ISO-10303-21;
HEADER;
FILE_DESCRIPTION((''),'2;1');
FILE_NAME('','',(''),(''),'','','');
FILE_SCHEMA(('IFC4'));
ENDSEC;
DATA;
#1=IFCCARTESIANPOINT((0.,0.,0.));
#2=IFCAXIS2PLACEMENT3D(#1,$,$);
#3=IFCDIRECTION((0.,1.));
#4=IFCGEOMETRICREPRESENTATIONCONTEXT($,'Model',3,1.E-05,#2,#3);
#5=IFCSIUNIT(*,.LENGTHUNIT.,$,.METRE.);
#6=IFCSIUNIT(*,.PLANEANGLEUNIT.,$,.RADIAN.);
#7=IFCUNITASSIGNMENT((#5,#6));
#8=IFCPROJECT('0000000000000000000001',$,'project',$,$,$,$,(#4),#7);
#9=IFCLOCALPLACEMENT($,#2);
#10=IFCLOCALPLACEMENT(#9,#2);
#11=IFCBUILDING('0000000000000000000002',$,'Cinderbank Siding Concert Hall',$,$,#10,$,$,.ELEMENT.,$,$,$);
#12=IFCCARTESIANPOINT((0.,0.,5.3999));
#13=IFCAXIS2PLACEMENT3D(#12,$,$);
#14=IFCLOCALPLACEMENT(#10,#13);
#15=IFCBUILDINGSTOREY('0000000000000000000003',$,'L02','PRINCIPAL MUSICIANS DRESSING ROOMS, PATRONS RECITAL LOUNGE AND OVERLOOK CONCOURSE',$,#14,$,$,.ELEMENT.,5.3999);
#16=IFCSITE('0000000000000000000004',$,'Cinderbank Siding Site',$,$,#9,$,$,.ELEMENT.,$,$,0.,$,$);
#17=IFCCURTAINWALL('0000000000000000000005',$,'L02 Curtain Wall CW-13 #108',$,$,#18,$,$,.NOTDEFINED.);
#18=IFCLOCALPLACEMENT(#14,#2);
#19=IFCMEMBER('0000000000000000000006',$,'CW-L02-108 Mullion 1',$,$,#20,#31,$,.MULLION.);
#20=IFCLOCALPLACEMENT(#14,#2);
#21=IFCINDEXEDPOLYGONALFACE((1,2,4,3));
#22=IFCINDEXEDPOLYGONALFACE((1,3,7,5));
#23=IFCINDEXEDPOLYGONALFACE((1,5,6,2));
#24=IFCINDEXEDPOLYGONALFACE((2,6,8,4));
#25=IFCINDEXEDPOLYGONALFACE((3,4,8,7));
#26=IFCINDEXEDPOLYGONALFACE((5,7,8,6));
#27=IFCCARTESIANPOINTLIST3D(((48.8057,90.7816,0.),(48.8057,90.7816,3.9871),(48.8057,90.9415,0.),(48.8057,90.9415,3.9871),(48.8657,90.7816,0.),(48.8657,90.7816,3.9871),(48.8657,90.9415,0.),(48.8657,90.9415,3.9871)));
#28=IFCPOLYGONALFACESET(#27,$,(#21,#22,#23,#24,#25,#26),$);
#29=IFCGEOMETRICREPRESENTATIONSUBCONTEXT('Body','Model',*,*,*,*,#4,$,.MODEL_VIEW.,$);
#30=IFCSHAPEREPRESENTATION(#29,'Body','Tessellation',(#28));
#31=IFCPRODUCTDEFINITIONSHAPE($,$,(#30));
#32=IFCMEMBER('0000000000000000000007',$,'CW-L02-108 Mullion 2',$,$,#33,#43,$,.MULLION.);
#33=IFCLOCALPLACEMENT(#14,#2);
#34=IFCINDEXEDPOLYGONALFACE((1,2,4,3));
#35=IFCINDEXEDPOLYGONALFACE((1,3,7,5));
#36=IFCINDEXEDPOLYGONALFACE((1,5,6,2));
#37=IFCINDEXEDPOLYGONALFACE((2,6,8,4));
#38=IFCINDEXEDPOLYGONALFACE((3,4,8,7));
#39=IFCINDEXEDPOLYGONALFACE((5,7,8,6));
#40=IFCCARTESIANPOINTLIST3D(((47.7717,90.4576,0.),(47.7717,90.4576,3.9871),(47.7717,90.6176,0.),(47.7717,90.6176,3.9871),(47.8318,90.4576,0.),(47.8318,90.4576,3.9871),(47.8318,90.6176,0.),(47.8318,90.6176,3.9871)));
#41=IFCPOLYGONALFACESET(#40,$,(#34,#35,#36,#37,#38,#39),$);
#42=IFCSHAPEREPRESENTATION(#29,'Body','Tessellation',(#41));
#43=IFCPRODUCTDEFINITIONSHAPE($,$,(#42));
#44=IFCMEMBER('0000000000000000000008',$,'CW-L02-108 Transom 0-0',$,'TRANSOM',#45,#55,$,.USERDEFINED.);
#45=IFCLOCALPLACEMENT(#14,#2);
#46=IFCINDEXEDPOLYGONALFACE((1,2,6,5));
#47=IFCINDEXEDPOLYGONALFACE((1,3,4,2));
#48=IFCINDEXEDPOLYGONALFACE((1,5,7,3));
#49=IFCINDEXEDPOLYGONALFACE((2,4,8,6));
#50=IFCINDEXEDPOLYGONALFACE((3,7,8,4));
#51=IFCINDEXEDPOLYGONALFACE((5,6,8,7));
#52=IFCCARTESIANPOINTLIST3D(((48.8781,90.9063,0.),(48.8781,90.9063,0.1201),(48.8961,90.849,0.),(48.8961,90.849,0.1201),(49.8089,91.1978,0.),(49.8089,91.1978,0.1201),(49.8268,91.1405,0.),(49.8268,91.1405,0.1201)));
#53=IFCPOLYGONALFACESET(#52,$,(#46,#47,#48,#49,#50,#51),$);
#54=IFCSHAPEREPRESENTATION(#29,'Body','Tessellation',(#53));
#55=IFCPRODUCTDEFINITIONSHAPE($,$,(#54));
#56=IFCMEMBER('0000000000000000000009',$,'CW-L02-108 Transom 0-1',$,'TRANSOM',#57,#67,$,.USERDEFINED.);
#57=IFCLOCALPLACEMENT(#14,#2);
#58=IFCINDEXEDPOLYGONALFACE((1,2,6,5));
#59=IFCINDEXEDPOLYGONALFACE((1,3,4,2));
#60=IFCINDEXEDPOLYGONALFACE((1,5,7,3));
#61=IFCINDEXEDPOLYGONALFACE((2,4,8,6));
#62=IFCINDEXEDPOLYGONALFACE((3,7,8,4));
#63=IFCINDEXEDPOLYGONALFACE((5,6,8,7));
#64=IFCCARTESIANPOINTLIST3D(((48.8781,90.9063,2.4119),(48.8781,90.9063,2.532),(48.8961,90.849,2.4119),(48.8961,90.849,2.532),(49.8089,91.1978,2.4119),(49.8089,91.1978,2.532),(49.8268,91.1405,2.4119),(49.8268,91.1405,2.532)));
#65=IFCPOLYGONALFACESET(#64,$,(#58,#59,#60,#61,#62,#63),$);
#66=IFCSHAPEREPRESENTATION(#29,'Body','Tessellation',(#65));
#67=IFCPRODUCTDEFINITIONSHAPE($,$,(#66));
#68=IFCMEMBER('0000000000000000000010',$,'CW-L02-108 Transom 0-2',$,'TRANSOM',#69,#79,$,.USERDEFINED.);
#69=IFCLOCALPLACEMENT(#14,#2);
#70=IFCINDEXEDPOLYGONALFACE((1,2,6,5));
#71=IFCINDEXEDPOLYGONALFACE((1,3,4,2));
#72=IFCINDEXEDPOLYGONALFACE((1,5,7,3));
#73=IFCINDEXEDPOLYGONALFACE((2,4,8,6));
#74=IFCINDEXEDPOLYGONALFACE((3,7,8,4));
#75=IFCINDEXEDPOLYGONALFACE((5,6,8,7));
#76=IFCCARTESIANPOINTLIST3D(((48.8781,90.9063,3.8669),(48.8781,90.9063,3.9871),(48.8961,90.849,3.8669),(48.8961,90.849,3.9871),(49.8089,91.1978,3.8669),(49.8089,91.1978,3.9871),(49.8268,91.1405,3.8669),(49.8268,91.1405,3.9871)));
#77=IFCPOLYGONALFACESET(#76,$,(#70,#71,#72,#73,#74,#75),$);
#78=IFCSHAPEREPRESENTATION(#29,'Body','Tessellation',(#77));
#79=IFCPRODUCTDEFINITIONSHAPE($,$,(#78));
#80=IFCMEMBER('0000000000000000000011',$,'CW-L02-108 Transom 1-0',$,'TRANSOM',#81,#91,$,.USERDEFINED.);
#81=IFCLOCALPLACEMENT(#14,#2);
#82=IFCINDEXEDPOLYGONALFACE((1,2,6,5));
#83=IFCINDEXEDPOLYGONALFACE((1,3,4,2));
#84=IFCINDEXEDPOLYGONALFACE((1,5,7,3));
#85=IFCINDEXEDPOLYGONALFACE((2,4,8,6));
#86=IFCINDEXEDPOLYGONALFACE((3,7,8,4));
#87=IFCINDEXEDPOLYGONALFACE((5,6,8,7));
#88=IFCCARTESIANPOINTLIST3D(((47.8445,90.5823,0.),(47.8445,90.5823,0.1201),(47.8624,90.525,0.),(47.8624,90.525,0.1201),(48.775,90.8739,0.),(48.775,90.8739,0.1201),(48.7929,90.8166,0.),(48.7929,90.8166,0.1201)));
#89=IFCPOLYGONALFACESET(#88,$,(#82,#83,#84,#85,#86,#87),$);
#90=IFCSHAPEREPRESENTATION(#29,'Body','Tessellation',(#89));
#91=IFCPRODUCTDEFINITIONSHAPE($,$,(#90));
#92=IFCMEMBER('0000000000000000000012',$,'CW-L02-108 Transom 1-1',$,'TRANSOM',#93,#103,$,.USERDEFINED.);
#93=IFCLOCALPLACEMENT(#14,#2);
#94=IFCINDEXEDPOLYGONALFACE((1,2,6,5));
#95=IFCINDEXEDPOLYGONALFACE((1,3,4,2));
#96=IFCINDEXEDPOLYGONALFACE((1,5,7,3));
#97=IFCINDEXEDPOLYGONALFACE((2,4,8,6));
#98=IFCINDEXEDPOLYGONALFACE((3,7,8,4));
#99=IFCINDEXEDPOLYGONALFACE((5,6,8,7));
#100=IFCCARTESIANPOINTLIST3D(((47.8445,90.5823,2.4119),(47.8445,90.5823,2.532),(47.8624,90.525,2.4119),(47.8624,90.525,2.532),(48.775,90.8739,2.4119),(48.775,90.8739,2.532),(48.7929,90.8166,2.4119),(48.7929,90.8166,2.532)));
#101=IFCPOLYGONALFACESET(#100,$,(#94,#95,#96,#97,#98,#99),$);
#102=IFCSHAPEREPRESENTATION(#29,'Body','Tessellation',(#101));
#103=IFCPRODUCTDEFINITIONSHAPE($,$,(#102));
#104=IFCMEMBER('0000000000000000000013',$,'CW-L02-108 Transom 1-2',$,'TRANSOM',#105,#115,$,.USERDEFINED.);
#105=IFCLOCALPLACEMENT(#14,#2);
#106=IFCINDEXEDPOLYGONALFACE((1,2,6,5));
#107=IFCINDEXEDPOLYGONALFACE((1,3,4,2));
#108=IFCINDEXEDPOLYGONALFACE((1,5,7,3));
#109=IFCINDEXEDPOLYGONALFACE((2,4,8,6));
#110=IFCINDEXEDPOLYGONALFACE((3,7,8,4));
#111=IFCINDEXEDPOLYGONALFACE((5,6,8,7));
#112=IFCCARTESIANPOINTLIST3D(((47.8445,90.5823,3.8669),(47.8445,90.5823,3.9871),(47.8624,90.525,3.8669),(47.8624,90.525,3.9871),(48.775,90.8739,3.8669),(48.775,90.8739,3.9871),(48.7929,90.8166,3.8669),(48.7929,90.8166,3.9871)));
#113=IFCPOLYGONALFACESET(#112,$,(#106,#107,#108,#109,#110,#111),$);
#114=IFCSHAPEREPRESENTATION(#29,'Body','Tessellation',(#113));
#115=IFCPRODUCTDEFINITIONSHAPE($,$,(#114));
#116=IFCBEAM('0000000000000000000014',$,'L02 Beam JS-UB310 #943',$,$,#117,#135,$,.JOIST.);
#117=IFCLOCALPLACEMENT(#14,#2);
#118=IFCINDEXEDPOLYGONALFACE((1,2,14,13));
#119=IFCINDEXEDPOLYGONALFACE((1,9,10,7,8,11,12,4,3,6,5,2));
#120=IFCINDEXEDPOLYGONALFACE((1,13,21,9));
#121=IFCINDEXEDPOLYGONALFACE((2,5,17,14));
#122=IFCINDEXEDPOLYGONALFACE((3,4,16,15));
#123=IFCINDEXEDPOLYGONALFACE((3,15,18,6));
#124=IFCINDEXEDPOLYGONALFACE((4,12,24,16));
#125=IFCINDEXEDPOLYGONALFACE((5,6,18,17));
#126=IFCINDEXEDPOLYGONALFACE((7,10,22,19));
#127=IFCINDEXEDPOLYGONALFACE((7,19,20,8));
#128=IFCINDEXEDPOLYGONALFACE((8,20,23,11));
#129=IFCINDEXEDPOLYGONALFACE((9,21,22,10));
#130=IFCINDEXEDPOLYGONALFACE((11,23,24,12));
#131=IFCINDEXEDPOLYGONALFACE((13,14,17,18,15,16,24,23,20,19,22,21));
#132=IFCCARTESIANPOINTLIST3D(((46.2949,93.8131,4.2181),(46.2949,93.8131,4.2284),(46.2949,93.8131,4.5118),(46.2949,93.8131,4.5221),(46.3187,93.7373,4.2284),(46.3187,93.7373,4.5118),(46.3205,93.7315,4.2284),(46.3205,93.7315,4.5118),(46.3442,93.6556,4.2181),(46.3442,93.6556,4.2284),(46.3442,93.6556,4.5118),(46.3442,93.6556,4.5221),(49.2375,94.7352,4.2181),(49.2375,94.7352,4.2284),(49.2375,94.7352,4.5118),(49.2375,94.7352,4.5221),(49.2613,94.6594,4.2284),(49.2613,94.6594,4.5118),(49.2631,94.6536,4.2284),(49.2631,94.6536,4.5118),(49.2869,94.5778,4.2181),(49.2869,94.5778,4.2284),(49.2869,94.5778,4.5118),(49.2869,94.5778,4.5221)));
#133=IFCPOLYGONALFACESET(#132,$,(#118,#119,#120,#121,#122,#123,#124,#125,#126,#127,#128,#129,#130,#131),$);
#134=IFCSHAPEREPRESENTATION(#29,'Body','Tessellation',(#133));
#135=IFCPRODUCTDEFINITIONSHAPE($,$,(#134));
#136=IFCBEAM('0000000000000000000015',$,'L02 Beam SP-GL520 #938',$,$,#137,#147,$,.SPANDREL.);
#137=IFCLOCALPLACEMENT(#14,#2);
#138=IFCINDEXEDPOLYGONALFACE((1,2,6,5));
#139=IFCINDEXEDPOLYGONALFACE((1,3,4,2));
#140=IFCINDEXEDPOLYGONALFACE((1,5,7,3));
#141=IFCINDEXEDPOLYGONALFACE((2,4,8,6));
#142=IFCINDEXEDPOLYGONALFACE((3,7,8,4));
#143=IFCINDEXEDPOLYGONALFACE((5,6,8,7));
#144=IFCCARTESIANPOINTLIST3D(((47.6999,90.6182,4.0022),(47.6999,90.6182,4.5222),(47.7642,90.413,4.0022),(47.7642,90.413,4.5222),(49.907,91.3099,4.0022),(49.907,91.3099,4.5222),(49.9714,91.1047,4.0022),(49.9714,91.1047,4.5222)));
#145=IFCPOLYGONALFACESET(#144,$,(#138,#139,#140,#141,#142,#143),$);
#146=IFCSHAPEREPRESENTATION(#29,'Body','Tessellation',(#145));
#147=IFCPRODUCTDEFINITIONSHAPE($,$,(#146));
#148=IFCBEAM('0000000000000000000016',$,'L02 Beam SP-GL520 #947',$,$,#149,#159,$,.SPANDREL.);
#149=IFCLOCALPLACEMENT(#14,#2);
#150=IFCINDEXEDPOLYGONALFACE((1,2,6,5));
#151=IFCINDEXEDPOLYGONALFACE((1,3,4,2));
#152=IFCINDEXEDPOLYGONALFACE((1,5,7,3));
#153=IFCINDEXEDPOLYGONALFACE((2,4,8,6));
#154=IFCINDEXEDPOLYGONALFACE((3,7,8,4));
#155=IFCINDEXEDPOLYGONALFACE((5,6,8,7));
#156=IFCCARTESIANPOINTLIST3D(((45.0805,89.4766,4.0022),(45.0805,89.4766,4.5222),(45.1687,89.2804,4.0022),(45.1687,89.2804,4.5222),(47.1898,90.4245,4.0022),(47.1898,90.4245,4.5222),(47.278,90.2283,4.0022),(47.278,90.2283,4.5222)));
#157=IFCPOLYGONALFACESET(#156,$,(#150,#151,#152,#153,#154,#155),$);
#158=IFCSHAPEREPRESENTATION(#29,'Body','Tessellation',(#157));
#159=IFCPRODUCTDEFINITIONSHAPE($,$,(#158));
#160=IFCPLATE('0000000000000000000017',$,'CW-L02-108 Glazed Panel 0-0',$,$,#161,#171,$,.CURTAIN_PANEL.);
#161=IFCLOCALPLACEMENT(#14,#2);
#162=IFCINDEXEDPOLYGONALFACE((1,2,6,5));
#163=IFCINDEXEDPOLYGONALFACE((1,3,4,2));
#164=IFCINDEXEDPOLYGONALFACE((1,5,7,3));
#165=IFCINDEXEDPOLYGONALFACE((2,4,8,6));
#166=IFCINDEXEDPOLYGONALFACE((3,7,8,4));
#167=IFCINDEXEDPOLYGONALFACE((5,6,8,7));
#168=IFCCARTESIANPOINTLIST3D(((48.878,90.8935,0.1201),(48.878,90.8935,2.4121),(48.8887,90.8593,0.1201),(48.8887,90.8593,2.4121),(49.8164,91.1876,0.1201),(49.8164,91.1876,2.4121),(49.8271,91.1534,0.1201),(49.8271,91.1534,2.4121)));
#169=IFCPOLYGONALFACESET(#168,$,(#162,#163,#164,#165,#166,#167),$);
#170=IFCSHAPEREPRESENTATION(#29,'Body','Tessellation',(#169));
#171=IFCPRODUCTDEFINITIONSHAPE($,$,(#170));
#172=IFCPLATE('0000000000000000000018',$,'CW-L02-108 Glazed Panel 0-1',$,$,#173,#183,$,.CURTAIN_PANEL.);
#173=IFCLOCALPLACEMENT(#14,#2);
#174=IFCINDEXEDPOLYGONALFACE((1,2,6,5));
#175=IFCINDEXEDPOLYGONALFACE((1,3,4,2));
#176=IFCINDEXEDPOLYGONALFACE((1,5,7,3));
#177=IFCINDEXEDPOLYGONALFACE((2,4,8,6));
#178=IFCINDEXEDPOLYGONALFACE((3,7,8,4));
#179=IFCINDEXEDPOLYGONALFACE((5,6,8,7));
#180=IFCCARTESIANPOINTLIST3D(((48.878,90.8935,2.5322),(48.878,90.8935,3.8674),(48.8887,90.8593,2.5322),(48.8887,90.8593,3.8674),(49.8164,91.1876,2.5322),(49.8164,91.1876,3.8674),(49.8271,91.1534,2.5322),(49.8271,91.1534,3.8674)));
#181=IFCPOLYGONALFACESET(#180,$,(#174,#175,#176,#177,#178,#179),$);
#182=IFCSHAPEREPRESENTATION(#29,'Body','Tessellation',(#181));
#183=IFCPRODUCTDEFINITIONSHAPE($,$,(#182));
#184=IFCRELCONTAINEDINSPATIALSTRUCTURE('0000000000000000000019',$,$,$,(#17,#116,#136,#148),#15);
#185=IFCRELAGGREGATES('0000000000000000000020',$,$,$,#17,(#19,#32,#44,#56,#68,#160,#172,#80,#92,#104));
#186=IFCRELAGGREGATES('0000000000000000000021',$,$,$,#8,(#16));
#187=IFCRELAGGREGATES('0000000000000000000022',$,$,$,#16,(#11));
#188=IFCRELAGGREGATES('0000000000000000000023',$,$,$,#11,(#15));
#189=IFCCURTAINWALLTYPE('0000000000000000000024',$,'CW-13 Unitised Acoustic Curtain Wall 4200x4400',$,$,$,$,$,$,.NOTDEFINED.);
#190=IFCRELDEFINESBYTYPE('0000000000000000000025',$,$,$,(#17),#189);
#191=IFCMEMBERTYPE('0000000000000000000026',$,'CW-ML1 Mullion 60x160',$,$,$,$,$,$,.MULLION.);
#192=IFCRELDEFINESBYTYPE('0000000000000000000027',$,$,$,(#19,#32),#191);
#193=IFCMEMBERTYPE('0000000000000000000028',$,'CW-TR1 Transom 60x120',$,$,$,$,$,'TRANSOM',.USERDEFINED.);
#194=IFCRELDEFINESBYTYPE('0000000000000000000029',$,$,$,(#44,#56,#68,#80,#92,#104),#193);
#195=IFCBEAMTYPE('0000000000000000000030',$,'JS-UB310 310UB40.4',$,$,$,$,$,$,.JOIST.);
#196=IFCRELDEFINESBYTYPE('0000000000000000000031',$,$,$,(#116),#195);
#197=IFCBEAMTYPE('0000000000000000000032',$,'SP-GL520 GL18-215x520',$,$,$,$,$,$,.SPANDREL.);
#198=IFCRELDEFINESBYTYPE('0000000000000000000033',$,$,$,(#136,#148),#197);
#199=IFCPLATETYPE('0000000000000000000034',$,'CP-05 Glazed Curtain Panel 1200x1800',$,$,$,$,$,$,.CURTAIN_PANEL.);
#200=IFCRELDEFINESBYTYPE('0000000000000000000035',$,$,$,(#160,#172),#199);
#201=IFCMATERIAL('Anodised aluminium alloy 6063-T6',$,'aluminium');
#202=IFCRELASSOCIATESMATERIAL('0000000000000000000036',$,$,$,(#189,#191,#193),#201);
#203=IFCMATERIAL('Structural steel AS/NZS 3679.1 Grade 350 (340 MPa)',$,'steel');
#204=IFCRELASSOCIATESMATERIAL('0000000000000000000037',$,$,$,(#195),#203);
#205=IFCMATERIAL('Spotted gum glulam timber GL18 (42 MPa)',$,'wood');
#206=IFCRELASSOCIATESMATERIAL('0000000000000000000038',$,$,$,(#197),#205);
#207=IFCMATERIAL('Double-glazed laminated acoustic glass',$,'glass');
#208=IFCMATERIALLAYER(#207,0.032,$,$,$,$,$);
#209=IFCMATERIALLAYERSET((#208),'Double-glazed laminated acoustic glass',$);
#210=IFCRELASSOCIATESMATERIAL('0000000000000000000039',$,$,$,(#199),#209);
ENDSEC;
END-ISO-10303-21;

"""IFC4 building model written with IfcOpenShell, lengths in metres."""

from ifc_helpers import new_model, si_unit, direction, frame, origin, origin_2d, place, context, subcontext, project, spatial, rectangle, i_section, extrude, material, layer, layer_set, material_profile, profile_set, type_object, element, aggregate, save


model = new_model("IFC4")

# Units and contexts
model_context = context("Model", 3, precision=1e-05, world=origin(), true_north=direction((0.0, 1.0)))
body_context = subcontext(model_context, "Body", "Model", "MODEL_VIEW")
ifc_project = project(units=[si_unit("LENGTHUNIT", "METRE"), si_unit("PLANEANGLEUNIT", "RADIAN")], contexts=[model_context])

# Site, building, storey
site_placement = place(None, origin())
site = spatial("IfcSite", under=ifc_project, at=site_placement, Name="Cinderbank Siding Site", CompositionType="ELEMENT", RefElevation=0.0)
building_placement = place(site_placement, origin())
building = spatial("IfcBuilding", under=site, at=building_placement, Name="Cinderbank Siding Concert Hall", CompositionType="ELEMENT")
storey_placement = place(building_placement, frame((0.0, 0.0, 5.3999)))
storey = spatial("IfcBuildingStorey", under=building, at=storey_placement, Name="L02", Description="PRINCIPAL MUSICIANS DRESSING ROOMS, PATRONS RECITAL LOUNGE AND OVERLOOK CONCOURSE", CompositionType="ELEMENT", Elevation=5.3999)

# Shared definitions
ifc_material_1 = material(Name="Structural steel AS/NZS 3679.1 Grade 350 (340 MPa)", Category="steel")

# Curtain wall, members
ifc_material_2 = material(Name="Anodised aluminium alloy 6063-T6", Category="aluminium")
curtain_wall_type = type_object("IfcCurtainWallType", Name="CW-13 Unitised Acoustic Curtain Wall 4200x4400", PredefinedType="NOTDEFINED", material=ifc_material_2)
curtain_wall_placement = place(storey_placement, origin())
curtain_wall = element("IfcCurtainWall", 1, at=curtain_wall_placement, inside=storey, type_object=curtain_wall_type, Name="L02 Curtain Wall CW-13 #108", PredefinedType="NOTDEFINED")
ifc_material_profile_1 = material_profile(ifc_material_2, rectangle(XDim=0.0601, YDim=0.1599, at=origin_2d()), Name="ALU-MULL-60x160", Category="LoadBearing")
ifc_profile_set_1 = profile_set([ifc_material_profile_1], Name="Anodised aluminium alloy 6063-T6")
member_type_1 = type_object("IfcMemberType", Name="CW-ML1 Mullion 60x160", PredefinedType="MULLION", material=ifc_profile_set_1)
member_1_placement = place(storey_placement, frame((48.8357, 90.8616, 0.0), z_axis=(0.0, 0.0, 1.0), x_axis=(1.0, 0.0, 0.0)))
member_1 = element("IfcMember", 2, at=member_1_placement, type_object=member_type_1, Name="CW-L02-108 Mullion 1", PredefinedType="MULLION", context=body_context, shape_type="SweptSolid", body=[
    extrude(rectangle(XDim=0.0601, YDim=0.1599, at=origin_2d()), origin(), (0.0, 0.0, 1.0), 3.9871),
])
member_2_placement = place(storey_placement, frame((47.8018, 90.5376, 0.0), z_axis=(0.0, 0.0, 1.0), x_axis=(1.0, 0.0, 0.0)))
member_2 = element("IfcMember", 3, at=member_2_placement, type_object=member_type_1, Name="CW-L02-108 Mullion 2", PredefinedType="MULLION", context=body_context, shape_type="SweptSolid", body=[
    extrude(rectangle(XDim=0.0601, YDim=0.1599, at=origin_2d()), origin(), (0.0, 0.0, 1.0), 3.9871),
])
ifc_material_profile_2 = material_profile(ifc_material_2, rectangle(XDim=0.0601, YDim=0.1201, at=origin_2d()), Name="ALU-TRAN-60x120", Category="LoadBearing")
ifc_profile_set_2 = profile_set([ifc_material_profile_2], Name="Anodised aluminium alloy 6063-T6")
member_type_2 = type_object("IfcMemberType", Name="CW-TR1 Transom 60x120", ElementType="TRANSOM", PredefinedType="USERDEFINED", material=ifc_profile_set_2)
member_3_placement = place(storey_placement, frame((49.8179, 91.1692, 0.0601), z_axis=(-0.954284, -0.298902, 0.0), x_axis=(0.298902, -0.954284, 0.0)))
member_3 = element("IfcMember", 4, at=member_3_placement, type_object=member_type_2, Name="CW-L02-108 Transom 0-0", ObjectType="TRANSOM", PredefinedType="USERDEFINED", context=body_context, shape_type="SweptSolid", body=[
    extrude(rectangle(XDim=0.0601, YDim=0.1201, at=origin_2d()), origin(), (0.0, 0.0, 1.0), 0.9753),
])
member_4_placement = place(storey_placement, frame((49.8179, 91.1692, 2.4719), z_axis=(-0.954284, -0.298902, 0.0), x_axis=(0.298902, -0.954284, 0.0)))
member_4 = element("IfcMember", 5, at=member_4_placement, type_object=member_type_2, Name="CW-L02-108 Transom 0-1", ObjectType="TRANSOM", PredefinedType="USERDEFINED", context=body_context, shape_type="SweptSolid", body=[
    extrude(rectangle(XDim=0.0601, YDim=0.1201, at=origin_2d()), origin(), (0.0, 0.0, 1.0), 0.9753),
])
member_5_placement = place(storey_placement, frame((49.8179, 91.1692, 3.927), z_axis=(-0.954284, -0.298902, 0.0), x_axis=(0.298902, -0.954284, 0.0)))
member_5 = element("IfcMember", 6, at=member_5_placement, type_object=member_type_2, Name="CW-L02-108 Transom 0-2", ObjectType="TRANSOM", PredefinedType="USERDEFINED", context=body_context, shape_type="SweptSolid", body=[
    extrude(rectangle(XDim=0.0601, YDim=0.1201, at=origin_2d()), origin(), (0.0, 0.0, 1.0), 0.9753),
])
member_6_placement = place(storey_placement, frame((48.7839, 90.8452, 0.0601), z_axis=(-0.954261, -0.298974, 0.0), x_axis=(0.298974, -0.954261, 0.0)))
member_6 = element("IfcMember", 7, at=member_6_placement, type_object=member_type_2, Name="CW-L02-108 Transom 1-0", ObjectType="TRANSOM", PredefinedType="USERDEFINED", context=body_context, shape_type="SweptSolid", body=[
    extrude(rectangle(XDim=0.0601, YDim=0.1201, at=origin_2d()), origin(), (0.0, 0.0, 1.0), 0.9751),
])
member_7_placement = place(storey_placement, frame((48.7839, 90.8452, 2.4719), z_axis=(-0.954261, -0.298974, 0.0), x_axis=(0.298974, -0.954261, 0.0)))
member_7 = element("IfcMember", 8, at=member_7_placement, type_object=member_type_2, Name="CW-L02-108 Transom 1-1", ObjectType="TRANSOM", PredefinedType="USERDEFINED", context=body_context, shape_type="SweptSolid", body=[
    extrude(rectangle(XDim=0.0601, YDim=0.1201, at=origin_2d()), origin(), (0.0, 0.0, 1.0), 0.9751),
])
member_8_placement = place(storey_placement, frame((48.7839, 90.8452, 3.927), z_axis=(-0.954261, -0.298974, 0.0), x_axis=(0.298974, -0.954261, 0.0)))
member_8 = element("IfcMember", 9, at=member_8_placement, type_object=member_type_2, Name="CW-L02-108 Transom 1-2", ObjectType="TRANSOM", PredefinedType="USERDEFINED", context=body_context, shape_type="SweptSolid", body=[
    extrude(rectangle(XDim=0.0601, YDim=0.1201, at=origin_2d()), origin(), (0.0, 0.0, 1.0), 0.9751),
])

# Beams
ifc_material_profile_3 = material_profile(ifc_material_1, i_section(OverallWidth=0.165, OverallDepth=0.304, WebThickness=0.0061, FlangeThickness=0.0103, at=origin_2d()), Name="310UB40.4", Category="LoadBearing")
ifc_profile_set_3 = profile_set([ifc_material_profile_3], Name="Structural steel AS/NZS 3679.1 Grade 350 (340 MPa)")
beam_type_1 = type_object("IfcBeamType", Name="JS-UB310 310UB40.4", PredefinedType="JOIST", material=ifc_profile_set_3)
beam_1_placement = place(storey_placement, frame((49.2622, 94.6565, 4.3701), z_axis=(-0.954244, -0.299028, 0.0), x_axis=(0.299028, -0.954244, 0.0)))
element("IfcBeam", 10, at=beam_1_placement, inside=storey, type_object=beam_type_1, Name="L02 Beam JS-UB310 #943", PredefinedType="JOIST", context=body_context, shape_type="SweptSolid", body=[
    extrude(i_section(OverallWidth=0.165, OverallDepth=0.304, WebThickness=0.0061, FlangeThickness=0.0103, at=origin_2d()), origin(), (0.0, 0.0, 1.0), 3.0837),
])
ifc_material_3 = material(Name="Spotted gum glulam timber GL18 (42 MPa)", Category="wood")
ifc_material_profile_4 = material_profile(ifc_material_3, rectangle(XDim=0.2151, YDim=0.52, at=origin_2d()), Name="GL18-215x520", Category="LoadBearing")
ifc_profile_set_4 = profile_set([ifc_material_profile_4], Name="Spotted gum glulam timber GL18 (42 MPa)")
beam_type_2 = type_object("IfcBeamType", Name="SP-GL520 GL18-215x520", PredefinedType="SPANDREL", material=ifc_profile_set_4)
beam_2_placement = place(storey_placement, frame((49.9392, 91.2073, 4.2622), z_axis=(-0.954239, -0.299044, 0.0), x_axis=(0.299044, -0.954239, 0.0)))
element("IfcBeam", 11, at=beam_2_placement, inside=storey, type_object=beam_type_2, Name="L02 Beam SP-GL520 #938", PredefinedType="SPANDREL", context=body_context, shape_type="SweptSolid", body=[
    extrude(rectangle(XDim=0.2151, YDim=0.52, at=origin_2d()), origin(), (0.0, 0.0, 1.0), 2.313),
])
beam_3_placement = place(storey_placement, frame((47.2339, 90.3264, 4.2622), z_axis=(-0.912119, -0.409926, 0.0), x_axis=(0.409926, -0.912119, 0.0)))
element("IfcBeam", 12, at=beam_3_placement, inside=storey, type_object=beam_type_2, Name="L02 Beam SP-GL520 #947", PredefinedType="SPANDREL", context=body_context, shape_type="SweptSolid", body=[
    extrude(rectangle(XDim=0.2151, YDim=0.52, at=origin_2d()), origin(), (0.0, 0.0, 1.0), 2.3125),
])

# Plates
ifc_material_4 = material(Name="Double-glazed laminated acoustic glass", Category="glass")
ifc_layer_1 = layer(ifc_material_4, 0.032)
ifc_layer_set_1 = layer_set([ifc_layer_1], Name="Double-glazed laminated acoustic glass")
plate_type_1 = type_object("IfcPlateType", Name="CP-05 Glazed Curtain Panel 1200x1800", PredefinedType="CURTAIN_PANEL", material=ifc_layer_set_1)
plate_1_placement = place(storey_placement, frame((49.3525, 91.0234, 0.1201), z_axis=(0.0, 0.0, 1.0), x_axis=(-0.95424, -0.299041, 0.0)))
plate_1 = element("IfcPlate", 13, at=plate_1_placement, type_object=plate_type_1, Name="CW-L02-108 Glazed Panel 0-0", PredefinedType="CURTAIN_PANEL", context=body_context, shape_type="SweptSolid", body=[
    extrude(rectangle(XDim=0.9834, YDim=0.0359, at=origin_2d()), origin(), (0.0, 0.0, 1.0), 2.292),
])
plate_2_placement = place(storey_placement, frame((49.3525, 91.0234, 2.5322), z_axis=(0.0, 0.0, 1.0), x_axis=(-0.95424, -0.299041, 0.0)))
plate_2 = element("IfcPlate", 14, at=plate_2_placement, type_object=plate_type_1, Name="CW-L02-108 Glazed Panel 0-1", PredefinedType="CURTAIN_PANEL", context=body_context, shape_type="SweptSolid", body=[
    extrude(rectangle(XDim=0.9834, YDim=0.0359, at=origin_2d()), origin(), (0.0, 0.0, 1.0), 1.3352),
])
aggregate(curtain_wall, [member_1, member_2, member_3, member_4, member_5, plate_1, plate_2, member_6, member_7, member_8])

save(model, "model.ifc")
